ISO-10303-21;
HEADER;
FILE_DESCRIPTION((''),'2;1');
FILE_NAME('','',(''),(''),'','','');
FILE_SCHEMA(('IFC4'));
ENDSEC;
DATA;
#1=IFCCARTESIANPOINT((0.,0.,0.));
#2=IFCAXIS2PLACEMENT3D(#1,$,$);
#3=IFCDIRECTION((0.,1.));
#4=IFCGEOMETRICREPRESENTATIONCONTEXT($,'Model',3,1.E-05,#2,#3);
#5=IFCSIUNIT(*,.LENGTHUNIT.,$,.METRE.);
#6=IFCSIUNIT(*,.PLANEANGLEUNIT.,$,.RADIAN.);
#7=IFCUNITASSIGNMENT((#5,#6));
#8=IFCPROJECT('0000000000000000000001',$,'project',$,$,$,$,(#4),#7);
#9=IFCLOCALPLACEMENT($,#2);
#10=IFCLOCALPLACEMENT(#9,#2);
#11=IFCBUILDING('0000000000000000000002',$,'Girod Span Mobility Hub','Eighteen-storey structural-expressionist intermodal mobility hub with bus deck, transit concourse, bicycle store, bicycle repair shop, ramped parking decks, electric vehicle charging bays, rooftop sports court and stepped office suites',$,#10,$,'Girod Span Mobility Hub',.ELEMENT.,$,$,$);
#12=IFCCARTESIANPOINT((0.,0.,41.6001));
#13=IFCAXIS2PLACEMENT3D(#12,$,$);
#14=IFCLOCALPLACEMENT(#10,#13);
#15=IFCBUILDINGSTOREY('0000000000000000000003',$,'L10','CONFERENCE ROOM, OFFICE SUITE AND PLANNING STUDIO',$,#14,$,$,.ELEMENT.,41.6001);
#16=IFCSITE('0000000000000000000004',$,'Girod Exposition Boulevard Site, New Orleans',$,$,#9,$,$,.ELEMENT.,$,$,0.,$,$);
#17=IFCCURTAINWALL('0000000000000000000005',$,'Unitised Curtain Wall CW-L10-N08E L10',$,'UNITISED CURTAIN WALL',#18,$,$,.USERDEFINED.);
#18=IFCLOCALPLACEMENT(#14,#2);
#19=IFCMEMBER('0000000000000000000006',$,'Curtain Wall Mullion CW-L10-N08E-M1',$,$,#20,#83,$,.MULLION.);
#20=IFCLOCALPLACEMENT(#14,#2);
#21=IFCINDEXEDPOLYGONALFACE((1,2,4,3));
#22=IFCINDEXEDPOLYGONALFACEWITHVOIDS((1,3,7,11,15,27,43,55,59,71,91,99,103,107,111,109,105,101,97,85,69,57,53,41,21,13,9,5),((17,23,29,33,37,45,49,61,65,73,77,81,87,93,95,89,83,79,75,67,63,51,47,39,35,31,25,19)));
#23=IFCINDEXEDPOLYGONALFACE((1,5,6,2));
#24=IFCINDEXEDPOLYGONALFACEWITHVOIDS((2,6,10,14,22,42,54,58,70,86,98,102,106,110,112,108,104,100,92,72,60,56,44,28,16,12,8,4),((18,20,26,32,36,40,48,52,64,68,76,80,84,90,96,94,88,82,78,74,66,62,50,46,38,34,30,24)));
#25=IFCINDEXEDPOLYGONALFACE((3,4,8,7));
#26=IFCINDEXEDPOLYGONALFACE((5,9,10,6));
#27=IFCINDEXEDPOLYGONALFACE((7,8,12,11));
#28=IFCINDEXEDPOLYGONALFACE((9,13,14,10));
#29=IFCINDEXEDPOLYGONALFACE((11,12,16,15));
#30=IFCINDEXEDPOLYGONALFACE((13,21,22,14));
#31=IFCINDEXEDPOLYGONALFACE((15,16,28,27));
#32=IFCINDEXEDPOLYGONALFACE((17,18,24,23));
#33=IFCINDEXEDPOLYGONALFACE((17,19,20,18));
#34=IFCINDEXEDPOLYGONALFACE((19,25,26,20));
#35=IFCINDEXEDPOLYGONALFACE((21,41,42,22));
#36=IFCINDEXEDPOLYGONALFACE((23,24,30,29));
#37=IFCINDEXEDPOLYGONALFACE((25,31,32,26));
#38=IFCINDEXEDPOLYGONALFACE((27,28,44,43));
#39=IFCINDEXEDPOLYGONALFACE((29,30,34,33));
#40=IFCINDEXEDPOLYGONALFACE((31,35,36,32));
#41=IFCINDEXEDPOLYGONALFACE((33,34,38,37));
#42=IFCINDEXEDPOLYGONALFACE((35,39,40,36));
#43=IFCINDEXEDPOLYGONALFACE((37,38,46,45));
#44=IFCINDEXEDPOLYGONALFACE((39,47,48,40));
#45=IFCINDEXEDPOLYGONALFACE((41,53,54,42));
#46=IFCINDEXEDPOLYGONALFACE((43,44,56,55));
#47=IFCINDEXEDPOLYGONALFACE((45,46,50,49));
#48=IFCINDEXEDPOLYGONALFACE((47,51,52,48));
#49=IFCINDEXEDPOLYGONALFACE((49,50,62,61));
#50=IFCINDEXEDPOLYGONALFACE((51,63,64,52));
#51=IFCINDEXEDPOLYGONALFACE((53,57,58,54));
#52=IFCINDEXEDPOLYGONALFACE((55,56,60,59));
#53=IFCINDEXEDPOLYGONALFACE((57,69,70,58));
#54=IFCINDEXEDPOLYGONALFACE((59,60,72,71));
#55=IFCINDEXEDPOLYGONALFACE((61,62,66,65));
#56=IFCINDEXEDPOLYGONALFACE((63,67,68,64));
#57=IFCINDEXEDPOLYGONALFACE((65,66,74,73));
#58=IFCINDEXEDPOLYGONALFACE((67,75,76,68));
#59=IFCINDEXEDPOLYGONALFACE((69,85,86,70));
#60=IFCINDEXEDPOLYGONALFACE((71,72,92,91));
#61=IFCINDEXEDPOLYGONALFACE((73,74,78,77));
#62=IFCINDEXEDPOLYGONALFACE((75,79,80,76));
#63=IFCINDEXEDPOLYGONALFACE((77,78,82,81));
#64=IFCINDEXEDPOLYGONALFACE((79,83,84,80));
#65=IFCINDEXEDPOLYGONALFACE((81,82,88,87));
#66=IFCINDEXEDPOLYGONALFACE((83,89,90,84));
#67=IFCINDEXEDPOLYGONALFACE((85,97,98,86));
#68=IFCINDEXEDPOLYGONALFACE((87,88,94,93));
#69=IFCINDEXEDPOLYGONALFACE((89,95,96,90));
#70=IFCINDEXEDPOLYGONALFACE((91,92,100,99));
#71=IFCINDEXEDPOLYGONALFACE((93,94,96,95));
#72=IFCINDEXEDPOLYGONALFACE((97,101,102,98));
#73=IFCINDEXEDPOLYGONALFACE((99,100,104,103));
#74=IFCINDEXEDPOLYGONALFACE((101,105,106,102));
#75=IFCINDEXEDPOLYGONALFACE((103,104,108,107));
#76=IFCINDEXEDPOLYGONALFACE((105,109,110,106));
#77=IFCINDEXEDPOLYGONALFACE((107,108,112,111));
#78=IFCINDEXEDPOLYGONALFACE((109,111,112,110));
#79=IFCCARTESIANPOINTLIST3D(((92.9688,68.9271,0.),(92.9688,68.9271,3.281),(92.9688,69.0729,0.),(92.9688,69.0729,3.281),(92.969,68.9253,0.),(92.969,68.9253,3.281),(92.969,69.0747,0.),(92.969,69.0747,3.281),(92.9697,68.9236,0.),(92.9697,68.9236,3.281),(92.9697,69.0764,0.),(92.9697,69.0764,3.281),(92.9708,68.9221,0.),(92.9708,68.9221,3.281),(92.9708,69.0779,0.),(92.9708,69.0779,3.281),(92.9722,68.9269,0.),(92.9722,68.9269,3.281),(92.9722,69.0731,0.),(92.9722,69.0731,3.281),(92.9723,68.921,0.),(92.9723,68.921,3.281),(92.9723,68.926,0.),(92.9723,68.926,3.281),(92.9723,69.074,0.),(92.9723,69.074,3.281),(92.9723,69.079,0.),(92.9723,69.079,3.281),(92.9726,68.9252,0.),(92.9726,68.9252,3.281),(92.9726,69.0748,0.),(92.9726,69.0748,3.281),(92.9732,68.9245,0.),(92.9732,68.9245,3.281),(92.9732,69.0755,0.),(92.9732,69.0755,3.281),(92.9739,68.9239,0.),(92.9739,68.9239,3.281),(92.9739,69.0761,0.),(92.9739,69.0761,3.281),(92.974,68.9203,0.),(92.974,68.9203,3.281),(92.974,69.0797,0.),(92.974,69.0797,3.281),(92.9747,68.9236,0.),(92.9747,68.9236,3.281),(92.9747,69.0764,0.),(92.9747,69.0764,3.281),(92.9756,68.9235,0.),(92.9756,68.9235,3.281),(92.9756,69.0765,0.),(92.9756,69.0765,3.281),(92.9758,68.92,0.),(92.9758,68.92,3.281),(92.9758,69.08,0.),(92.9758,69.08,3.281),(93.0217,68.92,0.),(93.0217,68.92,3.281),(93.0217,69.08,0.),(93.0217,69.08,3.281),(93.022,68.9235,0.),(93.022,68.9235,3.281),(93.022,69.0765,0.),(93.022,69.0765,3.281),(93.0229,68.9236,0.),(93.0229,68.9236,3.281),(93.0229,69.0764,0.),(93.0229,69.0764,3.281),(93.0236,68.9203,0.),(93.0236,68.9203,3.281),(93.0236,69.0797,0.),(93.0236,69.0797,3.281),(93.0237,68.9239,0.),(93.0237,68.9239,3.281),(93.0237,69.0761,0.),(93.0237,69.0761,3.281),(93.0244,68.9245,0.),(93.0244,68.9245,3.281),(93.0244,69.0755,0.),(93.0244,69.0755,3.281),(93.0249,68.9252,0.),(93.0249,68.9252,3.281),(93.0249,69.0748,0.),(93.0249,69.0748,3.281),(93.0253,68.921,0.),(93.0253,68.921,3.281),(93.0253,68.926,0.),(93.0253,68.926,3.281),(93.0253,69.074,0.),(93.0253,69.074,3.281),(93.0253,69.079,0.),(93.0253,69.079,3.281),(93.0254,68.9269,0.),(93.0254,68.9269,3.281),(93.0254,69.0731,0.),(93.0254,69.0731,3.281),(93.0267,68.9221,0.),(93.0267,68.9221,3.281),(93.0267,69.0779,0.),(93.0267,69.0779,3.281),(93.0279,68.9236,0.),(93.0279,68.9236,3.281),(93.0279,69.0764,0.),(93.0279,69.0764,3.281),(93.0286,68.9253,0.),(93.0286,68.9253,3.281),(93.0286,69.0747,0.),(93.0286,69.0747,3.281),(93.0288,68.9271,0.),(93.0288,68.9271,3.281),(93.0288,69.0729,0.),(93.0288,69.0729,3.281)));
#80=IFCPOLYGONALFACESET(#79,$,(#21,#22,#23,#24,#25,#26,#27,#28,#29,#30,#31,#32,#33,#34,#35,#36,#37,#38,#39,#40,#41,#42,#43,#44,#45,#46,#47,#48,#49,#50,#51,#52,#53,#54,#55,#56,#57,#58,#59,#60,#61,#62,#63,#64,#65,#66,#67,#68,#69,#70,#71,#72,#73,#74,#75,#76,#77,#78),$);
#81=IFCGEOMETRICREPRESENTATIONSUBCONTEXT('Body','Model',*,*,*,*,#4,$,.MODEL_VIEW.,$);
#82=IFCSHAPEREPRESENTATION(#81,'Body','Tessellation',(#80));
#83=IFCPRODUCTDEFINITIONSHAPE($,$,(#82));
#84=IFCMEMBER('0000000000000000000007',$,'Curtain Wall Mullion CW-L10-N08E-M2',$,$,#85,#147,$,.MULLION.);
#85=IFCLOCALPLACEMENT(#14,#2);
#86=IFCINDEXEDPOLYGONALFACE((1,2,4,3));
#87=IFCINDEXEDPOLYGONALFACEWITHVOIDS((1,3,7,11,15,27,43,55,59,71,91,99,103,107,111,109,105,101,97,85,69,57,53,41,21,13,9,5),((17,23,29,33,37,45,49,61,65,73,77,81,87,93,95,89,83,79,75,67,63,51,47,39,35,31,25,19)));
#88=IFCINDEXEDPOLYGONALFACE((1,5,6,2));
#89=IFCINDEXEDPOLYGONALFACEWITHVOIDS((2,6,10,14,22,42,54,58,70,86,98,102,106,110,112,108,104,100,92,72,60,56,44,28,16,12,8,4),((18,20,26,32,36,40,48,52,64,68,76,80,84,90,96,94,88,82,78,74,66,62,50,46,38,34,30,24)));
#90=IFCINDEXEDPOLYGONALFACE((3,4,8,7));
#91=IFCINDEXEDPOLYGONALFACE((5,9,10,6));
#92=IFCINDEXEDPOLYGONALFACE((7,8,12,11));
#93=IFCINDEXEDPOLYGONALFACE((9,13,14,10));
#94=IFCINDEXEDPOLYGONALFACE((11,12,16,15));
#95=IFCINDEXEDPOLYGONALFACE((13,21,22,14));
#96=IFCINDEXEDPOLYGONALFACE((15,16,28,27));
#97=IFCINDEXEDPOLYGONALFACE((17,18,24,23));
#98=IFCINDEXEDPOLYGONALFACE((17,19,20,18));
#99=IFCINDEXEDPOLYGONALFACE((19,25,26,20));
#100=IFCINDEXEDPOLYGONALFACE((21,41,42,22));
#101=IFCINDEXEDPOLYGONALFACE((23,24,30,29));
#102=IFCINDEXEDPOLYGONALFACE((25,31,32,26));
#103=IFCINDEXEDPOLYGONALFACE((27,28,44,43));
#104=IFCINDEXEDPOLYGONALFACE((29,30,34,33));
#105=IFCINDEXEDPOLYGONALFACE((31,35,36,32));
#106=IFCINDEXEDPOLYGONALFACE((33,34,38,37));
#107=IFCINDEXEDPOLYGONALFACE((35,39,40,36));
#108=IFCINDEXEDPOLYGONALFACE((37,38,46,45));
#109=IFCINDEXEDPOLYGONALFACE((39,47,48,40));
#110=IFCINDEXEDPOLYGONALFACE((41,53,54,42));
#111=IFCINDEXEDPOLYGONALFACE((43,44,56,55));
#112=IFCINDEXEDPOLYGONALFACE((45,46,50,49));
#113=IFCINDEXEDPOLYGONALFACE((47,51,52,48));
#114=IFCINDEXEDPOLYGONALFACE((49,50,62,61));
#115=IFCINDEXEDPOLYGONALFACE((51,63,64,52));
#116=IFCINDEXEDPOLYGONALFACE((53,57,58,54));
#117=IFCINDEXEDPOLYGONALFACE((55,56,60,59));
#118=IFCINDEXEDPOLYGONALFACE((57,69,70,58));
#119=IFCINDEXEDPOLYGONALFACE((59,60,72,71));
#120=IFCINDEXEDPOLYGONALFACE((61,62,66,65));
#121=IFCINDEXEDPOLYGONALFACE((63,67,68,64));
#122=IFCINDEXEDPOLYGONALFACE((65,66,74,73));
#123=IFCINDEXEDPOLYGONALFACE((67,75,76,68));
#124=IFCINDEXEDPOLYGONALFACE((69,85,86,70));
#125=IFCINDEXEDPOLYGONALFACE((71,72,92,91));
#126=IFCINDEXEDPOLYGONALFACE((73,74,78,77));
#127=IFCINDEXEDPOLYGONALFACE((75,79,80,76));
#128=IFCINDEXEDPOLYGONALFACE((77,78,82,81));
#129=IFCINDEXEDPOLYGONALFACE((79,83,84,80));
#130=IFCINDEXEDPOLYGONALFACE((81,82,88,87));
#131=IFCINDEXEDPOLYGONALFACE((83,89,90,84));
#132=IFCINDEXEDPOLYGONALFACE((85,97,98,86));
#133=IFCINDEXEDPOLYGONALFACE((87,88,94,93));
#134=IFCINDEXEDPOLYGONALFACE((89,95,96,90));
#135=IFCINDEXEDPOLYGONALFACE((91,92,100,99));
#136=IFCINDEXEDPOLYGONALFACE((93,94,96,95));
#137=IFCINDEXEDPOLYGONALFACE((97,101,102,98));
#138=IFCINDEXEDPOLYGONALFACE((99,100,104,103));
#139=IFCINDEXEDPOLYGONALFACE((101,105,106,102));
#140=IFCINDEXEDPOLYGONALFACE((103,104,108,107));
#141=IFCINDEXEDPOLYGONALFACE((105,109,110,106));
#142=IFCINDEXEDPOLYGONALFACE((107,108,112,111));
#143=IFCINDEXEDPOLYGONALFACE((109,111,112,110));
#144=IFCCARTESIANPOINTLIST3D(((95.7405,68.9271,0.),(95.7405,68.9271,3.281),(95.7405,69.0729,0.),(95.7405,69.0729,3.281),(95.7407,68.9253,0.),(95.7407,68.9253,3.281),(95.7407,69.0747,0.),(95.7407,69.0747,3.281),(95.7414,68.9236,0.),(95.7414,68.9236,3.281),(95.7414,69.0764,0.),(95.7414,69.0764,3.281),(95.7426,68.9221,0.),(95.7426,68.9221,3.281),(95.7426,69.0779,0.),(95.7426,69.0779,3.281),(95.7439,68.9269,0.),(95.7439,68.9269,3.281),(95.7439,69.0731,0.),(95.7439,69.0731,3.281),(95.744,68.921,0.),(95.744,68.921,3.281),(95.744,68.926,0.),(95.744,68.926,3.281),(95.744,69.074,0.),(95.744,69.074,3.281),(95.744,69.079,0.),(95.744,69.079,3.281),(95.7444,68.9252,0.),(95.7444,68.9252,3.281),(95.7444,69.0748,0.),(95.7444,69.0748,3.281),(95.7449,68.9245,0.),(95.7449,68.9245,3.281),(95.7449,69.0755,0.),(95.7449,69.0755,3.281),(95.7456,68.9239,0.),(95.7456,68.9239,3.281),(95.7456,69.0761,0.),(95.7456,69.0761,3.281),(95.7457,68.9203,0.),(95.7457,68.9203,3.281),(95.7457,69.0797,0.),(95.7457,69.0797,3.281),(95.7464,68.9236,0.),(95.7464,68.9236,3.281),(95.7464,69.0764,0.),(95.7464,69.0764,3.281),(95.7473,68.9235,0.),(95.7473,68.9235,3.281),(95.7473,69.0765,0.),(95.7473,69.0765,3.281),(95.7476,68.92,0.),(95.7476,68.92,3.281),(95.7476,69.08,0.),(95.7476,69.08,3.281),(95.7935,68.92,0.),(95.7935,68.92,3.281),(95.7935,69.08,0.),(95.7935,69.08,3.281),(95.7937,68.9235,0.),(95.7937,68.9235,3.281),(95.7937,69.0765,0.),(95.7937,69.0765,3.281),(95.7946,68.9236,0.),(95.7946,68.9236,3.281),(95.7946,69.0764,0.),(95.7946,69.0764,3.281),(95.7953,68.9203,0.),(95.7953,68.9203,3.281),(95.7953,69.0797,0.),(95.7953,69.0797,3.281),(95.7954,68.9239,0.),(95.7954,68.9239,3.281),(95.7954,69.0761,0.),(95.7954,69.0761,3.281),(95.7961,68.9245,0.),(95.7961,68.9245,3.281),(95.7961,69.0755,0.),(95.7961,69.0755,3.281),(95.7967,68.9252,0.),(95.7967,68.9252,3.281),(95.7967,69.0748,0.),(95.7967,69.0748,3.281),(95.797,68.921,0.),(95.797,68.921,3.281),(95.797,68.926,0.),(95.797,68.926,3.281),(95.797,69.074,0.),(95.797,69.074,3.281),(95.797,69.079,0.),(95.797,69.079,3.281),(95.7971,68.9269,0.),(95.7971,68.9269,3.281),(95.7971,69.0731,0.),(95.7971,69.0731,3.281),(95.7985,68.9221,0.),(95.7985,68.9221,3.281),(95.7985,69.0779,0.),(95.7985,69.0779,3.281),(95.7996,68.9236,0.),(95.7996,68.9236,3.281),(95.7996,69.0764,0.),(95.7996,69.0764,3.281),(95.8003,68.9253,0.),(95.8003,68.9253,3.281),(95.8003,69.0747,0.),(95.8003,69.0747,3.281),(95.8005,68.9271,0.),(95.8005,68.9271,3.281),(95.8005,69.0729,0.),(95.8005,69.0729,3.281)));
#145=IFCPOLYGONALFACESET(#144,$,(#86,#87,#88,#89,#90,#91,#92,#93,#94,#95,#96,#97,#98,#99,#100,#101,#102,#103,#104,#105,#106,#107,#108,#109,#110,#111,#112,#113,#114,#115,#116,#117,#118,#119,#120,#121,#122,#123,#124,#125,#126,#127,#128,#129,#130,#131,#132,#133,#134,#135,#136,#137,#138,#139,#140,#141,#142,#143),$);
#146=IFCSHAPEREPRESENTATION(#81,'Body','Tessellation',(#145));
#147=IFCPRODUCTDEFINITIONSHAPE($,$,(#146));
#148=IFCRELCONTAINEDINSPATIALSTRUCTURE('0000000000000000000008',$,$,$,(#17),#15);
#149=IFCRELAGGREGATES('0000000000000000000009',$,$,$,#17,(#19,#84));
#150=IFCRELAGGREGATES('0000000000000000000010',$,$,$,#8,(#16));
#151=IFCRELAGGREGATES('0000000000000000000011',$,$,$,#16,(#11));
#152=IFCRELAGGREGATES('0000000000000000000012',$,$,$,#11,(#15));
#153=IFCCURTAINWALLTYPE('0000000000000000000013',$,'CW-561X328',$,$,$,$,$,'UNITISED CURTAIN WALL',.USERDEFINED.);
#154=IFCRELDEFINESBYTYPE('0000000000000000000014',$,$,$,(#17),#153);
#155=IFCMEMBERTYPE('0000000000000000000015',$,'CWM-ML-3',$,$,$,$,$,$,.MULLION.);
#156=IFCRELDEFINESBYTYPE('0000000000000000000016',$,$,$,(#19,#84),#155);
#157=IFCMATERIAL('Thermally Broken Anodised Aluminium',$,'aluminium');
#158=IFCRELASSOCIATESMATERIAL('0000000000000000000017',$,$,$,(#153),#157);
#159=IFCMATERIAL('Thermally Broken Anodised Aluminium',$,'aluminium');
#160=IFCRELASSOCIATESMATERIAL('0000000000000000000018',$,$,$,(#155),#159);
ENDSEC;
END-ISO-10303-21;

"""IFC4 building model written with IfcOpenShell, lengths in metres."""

from ifc_helpers import new_model, si_unit, direction, frame, origin, origin_2d, place, context, subcontext, project, spatial, hollow_rectangle, extrude, material, material_profile, profile_set, type_object, element, aggregate, save


model = new_model("IFC4")

# Units and contexts
model_context = context("Model", 3, precision=1e-05, world=origin(), true_north=direction((0.0, 1.0)))
body_context = subcontext(model_context, "Body", "Model", "MODEL_VIEW")
ifc_project = project(units=[si_unit("LENGTHUNIT", "METRE"), si_unit("PLANEANGLEUNIT", "RADIAN")], contexts=[model_context])

# Site, building, storey
site_placement = place(None, origin())
site = spatial("IfcSite", under=ifc_project, at=site_placement, Name="Girod Exposition Boulevard Site, New Orleans", CompositionType="ELEMENT", RefElevation=0.0)
building_placement = place(site_placement, origin())
building = spatial("IfcBuilding", under=site, at=building_placement, Name="Girod Span Mobility Hub", Description="Eighteen-storey structural-expressionist intermodal mobility hub with bus deck, transit concourse, bicycle store, bicycle repair shop, ramped parking decks, electric vehicle charging bays, rooftop sports court and stepped office suites", LongName="Girod Span Mobility Hub", CompositionType="ELEMENT")
storey_placement = place(building_placement, frame((0.0, 0.0, 41.6001)))
storey = spatial("IfcBuildingStorey", under=building, at=storey_placement, Name="L10", Description="CONFERENCE ROOM, OFFICE SUITE AND PLANNING STUDIO", CompositionType="ELEMENT", Elevation=41.6001)

# Curtain wall, members
ifc_material_1 = material(Name="Thermally Broken Anodised Aluminium", Category="aluminium")
curtain_wall_type = type_object("IfcCurtainWallType", Name="CW-561X328", ElementType="UNITISED CURTAIN WALL", PredefinedType="USERDEFINED", material=ifc_material_1)
ifc_material_2 = material(Name="Thermally Broken Anodised Aluminium", Category="aluminium")
ifc_material_profile_1 = material_profile(ifc_material_2, hollow_rectangle(XDim=0.1599, YDim=0.0601, WallThickness=0.0034, InnerFilletRadius=0.0034, OuterFilletRadius=0.0071, at=origin_2d()), Name="CW-ML-60X160")
ifc_profile_set_1 = profile_set([ifc_material_profile_1], Name="Thermally Broken Anodised Aluminium")
member_type_1 = type_object("IfcMemberType", Name="CWM-ML-3", PredefinedType="MULLION", material=ifc_profile_set_1)
curtain_wall_1_placement = place(storey_placement, origin())
curtain_wall_1 = element("IfcCurtainWall", 1, at=curtain_wall_1_placement, inside=storey, type_object=curtain_wall_type, Name="Unitised Curtain Wall CW-L10-N08E L10", ObjectType="UNITISED CURTAIN WALL", PredefinedType="USERDEFINED")
member_1_placement = place(storey_placement, frame((92.9988, 69.0, 0.0), z_axis=(0.0, 0.0, 1.0), x_axis=(0.0, 1.0, 0.0)))
member_1 = element("IfcMember", 2, at=member_1_placement, type_object=member_type_1, Name="Curtain Wall Mullion CW-L10-N08E-M1", PredefinedType="MULLION", context=body_context, shape_type="SweptSolid", body=[
    extrude(hollow_rectangle(XDim=0.1599, YDim=0.0601, WallThickness=0.0034, InnerFilletRadius=0.0034, OuterFilletRadius=0.0071, at=origin_2d()), origin(), (0.0, 0.0, 1.0), 3.281),
])
member_2_placement = place(storey_placement, frame((95.7705, 69.0, 0.0), z_axis=(0.0, 0.0, 1.0), x_axis=(0.0, 1.0, 0.0)))
member_2 = element("IfcMember", 3, at=member_2_placement, type_object=member_type_1, Name="Curtain Wall Mullion CW-L10-N08E-M2", PredefinedType="MULLION", context=body_context, shape_type="SweptSolid", body=[
    extrude(hollow_rectangle(XDim=0.1599, YDim=0.0601, WallThickness=0.0034, InnerFilletRadius=0.0034, OuterFilletRadius=0.0071, at=origin_2d()), origin(), (0.0, 0.0, 1.0), 3.281),
])

aggregate(curtain_wall_1, [member_1, member_2])

save(model, "model.ifc")
